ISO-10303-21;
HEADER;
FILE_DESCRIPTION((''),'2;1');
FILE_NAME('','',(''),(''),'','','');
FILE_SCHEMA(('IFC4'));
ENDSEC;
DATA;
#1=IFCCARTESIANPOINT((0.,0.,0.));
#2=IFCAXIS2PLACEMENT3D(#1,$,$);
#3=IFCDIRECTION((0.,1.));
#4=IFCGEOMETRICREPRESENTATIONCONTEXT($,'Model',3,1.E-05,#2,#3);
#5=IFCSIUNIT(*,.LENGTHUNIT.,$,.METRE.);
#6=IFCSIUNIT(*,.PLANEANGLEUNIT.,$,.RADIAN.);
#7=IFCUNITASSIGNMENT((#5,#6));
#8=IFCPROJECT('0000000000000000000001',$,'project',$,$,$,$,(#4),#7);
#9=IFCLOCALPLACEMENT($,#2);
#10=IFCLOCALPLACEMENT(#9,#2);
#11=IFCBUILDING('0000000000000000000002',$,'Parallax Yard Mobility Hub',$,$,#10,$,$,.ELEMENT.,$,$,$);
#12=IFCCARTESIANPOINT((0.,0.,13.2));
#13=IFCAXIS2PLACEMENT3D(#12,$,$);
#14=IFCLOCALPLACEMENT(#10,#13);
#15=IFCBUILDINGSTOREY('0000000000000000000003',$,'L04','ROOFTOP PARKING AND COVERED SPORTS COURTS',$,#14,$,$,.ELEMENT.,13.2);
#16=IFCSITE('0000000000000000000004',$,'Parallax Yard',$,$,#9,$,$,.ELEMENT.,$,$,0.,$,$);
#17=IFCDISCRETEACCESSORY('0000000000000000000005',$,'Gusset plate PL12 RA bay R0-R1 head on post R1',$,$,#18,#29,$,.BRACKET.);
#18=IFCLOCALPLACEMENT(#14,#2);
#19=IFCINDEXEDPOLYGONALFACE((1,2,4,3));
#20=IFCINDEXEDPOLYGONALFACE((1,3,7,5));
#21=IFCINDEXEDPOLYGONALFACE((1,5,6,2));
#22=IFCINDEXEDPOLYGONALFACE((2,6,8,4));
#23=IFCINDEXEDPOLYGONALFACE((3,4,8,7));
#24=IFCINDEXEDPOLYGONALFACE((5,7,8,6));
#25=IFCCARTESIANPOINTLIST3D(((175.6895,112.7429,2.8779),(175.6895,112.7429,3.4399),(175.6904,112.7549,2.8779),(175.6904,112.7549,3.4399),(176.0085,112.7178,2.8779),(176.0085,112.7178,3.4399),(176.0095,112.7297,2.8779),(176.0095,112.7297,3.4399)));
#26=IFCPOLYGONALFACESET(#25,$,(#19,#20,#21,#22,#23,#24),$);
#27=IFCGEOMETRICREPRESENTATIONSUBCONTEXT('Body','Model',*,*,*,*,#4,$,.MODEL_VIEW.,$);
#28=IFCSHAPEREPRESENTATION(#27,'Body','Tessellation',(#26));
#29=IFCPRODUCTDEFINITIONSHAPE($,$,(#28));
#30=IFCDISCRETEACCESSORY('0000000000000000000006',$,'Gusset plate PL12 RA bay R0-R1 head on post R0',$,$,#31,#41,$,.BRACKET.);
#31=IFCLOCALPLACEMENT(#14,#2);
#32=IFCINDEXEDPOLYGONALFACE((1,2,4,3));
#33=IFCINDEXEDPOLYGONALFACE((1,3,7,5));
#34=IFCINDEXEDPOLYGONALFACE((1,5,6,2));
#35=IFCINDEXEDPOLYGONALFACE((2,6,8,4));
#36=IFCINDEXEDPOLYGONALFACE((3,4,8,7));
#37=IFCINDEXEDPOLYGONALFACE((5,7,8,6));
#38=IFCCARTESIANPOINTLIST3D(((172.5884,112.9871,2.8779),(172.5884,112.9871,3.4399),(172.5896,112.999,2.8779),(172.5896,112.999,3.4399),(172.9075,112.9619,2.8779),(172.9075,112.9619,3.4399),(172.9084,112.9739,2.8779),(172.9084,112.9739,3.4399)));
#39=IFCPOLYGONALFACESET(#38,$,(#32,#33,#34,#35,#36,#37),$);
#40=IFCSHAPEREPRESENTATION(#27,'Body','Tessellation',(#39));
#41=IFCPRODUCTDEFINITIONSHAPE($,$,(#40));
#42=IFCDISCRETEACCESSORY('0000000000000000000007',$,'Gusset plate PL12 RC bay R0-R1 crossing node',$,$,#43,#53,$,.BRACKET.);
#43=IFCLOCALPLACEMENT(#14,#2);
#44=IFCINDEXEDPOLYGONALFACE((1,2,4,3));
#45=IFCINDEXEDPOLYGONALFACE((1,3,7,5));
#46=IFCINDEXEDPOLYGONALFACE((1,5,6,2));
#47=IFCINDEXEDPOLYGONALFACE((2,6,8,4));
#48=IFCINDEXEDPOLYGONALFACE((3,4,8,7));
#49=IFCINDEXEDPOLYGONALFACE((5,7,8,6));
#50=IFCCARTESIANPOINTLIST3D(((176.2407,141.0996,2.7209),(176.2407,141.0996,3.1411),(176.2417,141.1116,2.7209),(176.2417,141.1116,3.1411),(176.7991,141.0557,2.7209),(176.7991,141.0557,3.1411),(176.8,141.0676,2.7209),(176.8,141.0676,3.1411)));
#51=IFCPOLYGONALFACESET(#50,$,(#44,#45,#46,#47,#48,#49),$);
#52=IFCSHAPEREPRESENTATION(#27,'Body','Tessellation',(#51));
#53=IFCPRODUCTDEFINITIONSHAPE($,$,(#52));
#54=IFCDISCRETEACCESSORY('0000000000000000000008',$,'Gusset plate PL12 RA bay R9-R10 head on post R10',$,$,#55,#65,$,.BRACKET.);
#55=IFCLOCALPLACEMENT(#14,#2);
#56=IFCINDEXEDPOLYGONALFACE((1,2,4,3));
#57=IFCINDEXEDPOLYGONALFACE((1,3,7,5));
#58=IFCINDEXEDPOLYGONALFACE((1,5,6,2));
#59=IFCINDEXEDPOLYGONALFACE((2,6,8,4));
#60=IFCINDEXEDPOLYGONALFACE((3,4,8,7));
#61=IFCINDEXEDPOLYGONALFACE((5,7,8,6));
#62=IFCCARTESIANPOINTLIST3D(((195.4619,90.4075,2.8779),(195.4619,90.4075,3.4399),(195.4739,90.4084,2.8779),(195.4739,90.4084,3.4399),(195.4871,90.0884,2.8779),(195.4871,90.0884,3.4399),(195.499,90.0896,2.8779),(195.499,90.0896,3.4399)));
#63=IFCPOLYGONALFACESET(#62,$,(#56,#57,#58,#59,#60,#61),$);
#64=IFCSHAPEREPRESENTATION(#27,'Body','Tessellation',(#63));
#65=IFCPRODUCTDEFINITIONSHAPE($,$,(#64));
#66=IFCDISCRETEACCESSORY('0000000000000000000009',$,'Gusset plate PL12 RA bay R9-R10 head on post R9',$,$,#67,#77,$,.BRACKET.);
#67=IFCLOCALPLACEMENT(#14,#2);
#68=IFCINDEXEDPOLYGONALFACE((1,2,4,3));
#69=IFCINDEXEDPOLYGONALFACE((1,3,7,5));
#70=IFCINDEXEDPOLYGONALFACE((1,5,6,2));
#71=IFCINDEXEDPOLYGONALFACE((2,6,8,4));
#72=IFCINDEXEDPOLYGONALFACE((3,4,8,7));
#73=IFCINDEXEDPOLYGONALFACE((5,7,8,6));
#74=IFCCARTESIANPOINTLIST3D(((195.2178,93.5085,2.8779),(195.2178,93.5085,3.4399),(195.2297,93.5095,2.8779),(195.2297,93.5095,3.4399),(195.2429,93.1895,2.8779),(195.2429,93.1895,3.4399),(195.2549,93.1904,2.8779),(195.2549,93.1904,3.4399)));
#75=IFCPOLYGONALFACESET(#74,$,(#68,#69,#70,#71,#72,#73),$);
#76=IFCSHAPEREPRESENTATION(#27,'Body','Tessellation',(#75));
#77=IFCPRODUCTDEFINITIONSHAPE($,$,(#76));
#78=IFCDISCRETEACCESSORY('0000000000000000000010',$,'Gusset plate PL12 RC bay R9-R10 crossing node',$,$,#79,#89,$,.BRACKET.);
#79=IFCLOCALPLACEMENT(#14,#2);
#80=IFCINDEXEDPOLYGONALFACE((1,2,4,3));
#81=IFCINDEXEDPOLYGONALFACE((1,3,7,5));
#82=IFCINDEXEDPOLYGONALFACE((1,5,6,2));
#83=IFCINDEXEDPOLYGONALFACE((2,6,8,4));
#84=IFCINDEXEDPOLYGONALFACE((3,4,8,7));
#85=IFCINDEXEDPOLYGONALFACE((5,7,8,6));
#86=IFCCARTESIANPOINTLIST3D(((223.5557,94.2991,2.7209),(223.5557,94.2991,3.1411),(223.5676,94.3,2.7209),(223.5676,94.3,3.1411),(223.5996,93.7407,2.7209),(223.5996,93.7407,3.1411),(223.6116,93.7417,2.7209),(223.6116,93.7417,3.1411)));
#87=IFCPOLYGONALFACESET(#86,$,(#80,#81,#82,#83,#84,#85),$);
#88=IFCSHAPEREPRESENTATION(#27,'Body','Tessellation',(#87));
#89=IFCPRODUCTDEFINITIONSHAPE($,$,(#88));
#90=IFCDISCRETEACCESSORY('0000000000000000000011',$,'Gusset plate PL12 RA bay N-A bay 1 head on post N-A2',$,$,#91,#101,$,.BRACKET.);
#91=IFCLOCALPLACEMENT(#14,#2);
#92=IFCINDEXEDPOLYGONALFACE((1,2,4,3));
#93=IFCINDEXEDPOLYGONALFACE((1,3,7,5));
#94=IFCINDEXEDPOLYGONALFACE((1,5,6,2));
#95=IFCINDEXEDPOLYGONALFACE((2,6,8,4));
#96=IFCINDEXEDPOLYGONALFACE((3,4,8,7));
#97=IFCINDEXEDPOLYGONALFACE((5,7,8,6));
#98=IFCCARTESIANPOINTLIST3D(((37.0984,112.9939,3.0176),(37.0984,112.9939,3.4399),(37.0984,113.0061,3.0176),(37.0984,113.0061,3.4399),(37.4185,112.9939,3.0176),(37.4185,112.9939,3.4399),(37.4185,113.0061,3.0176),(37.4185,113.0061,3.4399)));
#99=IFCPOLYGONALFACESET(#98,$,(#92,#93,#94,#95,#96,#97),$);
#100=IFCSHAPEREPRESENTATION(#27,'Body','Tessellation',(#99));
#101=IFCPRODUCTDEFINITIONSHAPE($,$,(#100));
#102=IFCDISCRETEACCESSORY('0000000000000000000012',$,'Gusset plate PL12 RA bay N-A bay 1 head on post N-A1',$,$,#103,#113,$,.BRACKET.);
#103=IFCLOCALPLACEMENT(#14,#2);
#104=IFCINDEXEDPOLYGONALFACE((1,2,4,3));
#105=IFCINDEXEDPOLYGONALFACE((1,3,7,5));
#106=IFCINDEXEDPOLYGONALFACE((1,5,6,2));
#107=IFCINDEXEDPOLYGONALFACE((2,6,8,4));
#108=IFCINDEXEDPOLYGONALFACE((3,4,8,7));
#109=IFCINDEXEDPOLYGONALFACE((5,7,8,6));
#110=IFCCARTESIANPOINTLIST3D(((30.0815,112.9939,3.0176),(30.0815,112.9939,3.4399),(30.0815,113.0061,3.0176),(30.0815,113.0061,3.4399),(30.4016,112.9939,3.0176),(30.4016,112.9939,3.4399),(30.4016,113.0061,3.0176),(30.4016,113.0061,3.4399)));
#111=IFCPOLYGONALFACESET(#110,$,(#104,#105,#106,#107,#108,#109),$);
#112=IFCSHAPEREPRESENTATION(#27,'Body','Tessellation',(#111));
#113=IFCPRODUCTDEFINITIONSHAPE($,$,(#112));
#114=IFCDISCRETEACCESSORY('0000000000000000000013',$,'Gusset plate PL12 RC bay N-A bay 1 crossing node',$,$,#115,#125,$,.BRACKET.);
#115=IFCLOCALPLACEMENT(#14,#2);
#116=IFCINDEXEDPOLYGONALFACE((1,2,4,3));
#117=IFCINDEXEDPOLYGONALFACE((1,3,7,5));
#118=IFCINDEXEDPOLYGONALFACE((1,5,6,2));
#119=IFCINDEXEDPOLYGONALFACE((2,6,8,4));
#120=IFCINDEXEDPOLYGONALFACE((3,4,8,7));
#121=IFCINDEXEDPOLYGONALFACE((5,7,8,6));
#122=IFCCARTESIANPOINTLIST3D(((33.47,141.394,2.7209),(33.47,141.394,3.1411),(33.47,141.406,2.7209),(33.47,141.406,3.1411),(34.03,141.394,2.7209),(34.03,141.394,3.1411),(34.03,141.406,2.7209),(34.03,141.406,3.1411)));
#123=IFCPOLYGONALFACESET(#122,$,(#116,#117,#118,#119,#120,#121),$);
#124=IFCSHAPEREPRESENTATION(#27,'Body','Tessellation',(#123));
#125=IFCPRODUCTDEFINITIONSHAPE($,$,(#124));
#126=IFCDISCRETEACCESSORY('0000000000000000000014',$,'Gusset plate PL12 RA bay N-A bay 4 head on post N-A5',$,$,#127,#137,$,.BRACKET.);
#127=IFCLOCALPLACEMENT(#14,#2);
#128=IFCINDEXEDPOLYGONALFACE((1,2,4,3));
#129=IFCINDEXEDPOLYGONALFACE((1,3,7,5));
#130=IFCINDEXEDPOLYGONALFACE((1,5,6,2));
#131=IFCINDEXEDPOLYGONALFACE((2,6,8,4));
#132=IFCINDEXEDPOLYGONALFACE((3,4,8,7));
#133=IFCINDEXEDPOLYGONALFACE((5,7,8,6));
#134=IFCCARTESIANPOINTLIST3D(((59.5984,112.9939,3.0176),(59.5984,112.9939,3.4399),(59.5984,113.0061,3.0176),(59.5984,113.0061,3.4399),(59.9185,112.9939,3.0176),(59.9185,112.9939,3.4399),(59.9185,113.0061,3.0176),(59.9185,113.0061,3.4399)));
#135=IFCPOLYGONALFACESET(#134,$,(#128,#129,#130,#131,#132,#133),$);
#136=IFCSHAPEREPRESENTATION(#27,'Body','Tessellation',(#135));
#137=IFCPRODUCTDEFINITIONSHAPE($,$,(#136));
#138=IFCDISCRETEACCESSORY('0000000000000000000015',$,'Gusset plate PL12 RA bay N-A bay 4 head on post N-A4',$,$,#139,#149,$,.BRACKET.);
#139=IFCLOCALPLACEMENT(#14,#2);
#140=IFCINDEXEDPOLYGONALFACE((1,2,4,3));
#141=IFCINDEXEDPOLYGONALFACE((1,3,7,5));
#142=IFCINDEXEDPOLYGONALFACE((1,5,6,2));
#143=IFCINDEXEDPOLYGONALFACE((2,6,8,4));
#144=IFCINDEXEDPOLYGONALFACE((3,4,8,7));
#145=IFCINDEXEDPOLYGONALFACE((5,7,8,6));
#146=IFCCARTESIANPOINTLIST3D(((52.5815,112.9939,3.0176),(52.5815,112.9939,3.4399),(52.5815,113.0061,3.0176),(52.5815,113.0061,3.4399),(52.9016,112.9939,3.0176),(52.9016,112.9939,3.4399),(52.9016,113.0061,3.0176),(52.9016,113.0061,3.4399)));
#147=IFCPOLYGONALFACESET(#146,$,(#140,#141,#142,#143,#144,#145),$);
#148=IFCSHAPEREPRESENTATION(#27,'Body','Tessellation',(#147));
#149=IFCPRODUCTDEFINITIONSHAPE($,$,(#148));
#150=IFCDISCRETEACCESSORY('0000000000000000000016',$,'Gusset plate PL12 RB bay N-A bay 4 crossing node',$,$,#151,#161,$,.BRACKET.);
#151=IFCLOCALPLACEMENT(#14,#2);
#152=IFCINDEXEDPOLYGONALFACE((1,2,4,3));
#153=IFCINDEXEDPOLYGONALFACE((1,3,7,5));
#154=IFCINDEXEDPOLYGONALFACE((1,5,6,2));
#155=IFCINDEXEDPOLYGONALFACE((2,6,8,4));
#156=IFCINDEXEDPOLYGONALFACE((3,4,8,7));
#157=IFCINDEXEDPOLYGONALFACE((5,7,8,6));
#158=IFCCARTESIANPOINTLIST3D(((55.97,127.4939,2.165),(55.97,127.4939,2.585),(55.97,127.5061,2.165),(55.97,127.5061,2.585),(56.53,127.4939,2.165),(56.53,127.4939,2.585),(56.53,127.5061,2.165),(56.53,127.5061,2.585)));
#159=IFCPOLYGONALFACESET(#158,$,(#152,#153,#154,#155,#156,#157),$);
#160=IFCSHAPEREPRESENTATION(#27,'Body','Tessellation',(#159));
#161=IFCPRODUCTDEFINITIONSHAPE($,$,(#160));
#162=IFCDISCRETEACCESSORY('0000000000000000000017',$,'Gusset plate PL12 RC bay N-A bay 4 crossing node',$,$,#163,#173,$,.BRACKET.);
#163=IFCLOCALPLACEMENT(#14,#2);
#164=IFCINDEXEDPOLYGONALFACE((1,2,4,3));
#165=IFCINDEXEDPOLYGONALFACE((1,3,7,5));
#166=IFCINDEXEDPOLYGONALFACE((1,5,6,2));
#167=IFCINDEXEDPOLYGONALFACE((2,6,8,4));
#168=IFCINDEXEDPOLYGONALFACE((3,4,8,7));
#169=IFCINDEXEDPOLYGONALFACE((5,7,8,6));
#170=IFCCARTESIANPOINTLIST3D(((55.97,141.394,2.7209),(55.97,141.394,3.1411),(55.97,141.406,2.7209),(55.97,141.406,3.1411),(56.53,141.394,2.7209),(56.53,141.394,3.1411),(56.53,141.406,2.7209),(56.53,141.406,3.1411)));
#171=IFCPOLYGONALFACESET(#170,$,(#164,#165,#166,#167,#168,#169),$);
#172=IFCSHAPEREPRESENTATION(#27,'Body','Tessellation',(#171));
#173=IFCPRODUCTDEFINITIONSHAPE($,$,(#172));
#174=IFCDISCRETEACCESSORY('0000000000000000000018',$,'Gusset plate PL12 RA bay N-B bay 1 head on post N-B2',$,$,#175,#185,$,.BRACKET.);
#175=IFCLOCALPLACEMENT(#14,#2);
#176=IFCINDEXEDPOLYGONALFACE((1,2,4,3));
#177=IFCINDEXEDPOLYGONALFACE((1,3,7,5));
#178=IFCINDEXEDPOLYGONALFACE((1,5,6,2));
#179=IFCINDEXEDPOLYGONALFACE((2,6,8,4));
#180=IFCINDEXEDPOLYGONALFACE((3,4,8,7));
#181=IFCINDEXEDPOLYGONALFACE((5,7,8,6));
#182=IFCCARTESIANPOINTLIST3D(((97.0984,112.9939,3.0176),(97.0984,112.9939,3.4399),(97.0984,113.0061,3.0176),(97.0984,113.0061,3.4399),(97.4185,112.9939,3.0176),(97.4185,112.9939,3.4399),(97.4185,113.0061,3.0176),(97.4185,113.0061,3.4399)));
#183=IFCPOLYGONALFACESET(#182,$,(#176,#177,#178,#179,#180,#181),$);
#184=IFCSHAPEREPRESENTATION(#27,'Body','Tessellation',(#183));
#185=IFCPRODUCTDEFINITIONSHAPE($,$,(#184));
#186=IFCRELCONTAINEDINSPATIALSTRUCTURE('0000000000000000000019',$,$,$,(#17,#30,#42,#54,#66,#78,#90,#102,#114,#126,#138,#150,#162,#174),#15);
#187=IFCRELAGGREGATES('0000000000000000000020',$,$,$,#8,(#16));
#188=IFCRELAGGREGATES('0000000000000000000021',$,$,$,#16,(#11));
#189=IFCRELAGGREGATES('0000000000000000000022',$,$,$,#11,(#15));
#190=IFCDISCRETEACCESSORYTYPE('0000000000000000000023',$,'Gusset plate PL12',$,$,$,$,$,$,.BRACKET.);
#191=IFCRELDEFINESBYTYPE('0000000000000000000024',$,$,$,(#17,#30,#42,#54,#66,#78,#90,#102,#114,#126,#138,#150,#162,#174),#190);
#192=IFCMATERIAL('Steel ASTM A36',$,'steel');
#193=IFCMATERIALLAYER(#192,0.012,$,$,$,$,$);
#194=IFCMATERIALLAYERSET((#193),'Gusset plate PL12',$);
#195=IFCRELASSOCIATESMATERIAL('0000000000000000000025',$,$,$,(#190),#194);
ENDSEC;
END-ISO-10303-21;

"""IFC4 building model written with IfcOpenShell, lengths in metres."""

from ifc_helpers import new_model, si_unit, direction, frame, origin, place, context, subcontext, project, spatial, polyline, outline, extrude, material, layer, layer_set, type_object, element, save


model = new_model("IFC4")

# Units and contexts
model_context = context("Model", 3, precision=1e-05, world=origin(), true_north=direction((0.0, 1.0)))
body_context = subcontext(model_context, "Body", "Model", "MODEL_VIEW")
ifc_project = project(units=[si_unit("LENGTHUNIT", "METRE"), si_unit("PLANEANGLEUNIT", "RADIAN")], contexts=[model_context])

# Site, building, storey
site_placement = place(None, origin())
site = spatial("IfcSite", under=ifc_project, at=site_placement, Name="Parallax Yard", CompositionType="ELEMENT", RefElevation=0.0)
building_placement = place(site_placement, origin())
building = spatial("IfcBuilding", under=site, at=building_placement, Name="Parallax Yard Mobility Hub", CompositionType="ELEMENT")
storey_placement = place(building_placement, frame((0.0, 0.0, 13.2)))
storey = spatial("IfcBuildingStorey", under=building, at=storey_placement, Name="L04", Description="ROOFTOP PARKING AND COVERED SPORTS COURTS", CompositionType="ELEMENT", Elevation=13.2)

# Discrete accessories
ifc_material = material(Name="Steel ASTM A36", Category="steel")
ifc_layer = layer(ifc_material, 0.012)
ifc_layer_set = layer_set([ifc_layer], Name="Gusset plate PL12")
discrete_accessory_type = type_object("IfcDiscreteAccessoryType", Name="Gusset plate PL12", PredefinedType="BRACKET", material=ifc_layer_set)
discrete_accessory_1_placement = place(storey_placement, frame((0.0, 0.0, 2.8779)))
element("IfcDiscreteAccessory", 1, at=discrete_accessory_1_placement, inside=storey, type_object=discrete_accessory_type, Name="Gusset plate PL12 RA bay R0-R1 head on post R1", PredefinedType="BRACKET", context=body_context, shape_type="SweptSolid", body=[
    extrude(outline(polyline([(176.0095, 112.7297), (175.6904, 112.7549), (175.6895, 112.7429), (176.0085, 112.7178), (176.0095, 112.7297)])), origin(), (0.0, 0.0, 1.0), 0.562),
])
discrete_accessory_2_placement = place(storey_placement, frame((0.0, 0.0, 2.8779)))
element("IfcDiscreteAccessory", 2, at=discrete_accessory_2_placement, inside=storey, type_object=discrete_accessory_type, Name="Gusset plate PL12 RA bay R0-R1 head on post R0", PredefinedType="BRACKET", context=body_context, shape_type="SweptSolid", body=[
    extrude(outline(polyline([(172.5884, 112.9871), (172.9075, 112.9619), (172.9084, 112.9739), (172.5896, 112.999), (172.5884, 112.9871)])), origin(), (0.0, 0.0, 1.0), 0.562),
])
discrete_accessory_3_placement = place(storey_placement, frame((0.0, 0.0, 2.7209)))
element("IfcDiscreteAccessory", 3, at=discrete_accessory_3_placement, inside=storey, type_object=discrete_accessory_type, Name="Gusset plate PL12 RC bay R0-R1 crossing node", PredefinedType="BRACKET", context=body_context, shape_type="SweptSolid", body=[
    extrude(outline(polyline([(176.2407, 141.0996), (176.7991, 141.0557), (176.8, 141.0676), (176.2417, 141.1116), (176.2407, 141.0996)])), origin(), (0.0, 0.0, 1.0), 0.4202),
])
discrete_accessory_4_placement = place(storey_placement, frame((0.0, 0.0, 2.8779)))
element("IfcDiscreteAccessory", 4, at=discrete_accessory_4_placement, inside=storey, type_object=discrete_accessory_type, Name="Gusset plate PL12 RA bay R9-R10 head on post R10", PredefinedType="BRACKET", context=body_context, shape_type="SweptSolid", body=[
    extrude(outline(polyline([(195.499, 90.0896), (195.4739, 90.4084), (195.4619, 90.4075), (195.4871, 90.0884), (195.499, 90.0896)])), origin(), (0.0, 0.0, 1.0), 0.562),
])
discrete_accessory_5_placement = place(storey_placement, frame((0.0, 0.0, 2.8779)))
element("IfcDiscreteAccessory", 5, at=discrete_accessory_5_placement, inside=storey, type_object=discrete_accessory_type, Name="Gusset plate PL12 RA bay R9-R10 head on post R9", PredefinedType="BRACKET", context=body_context, shape_type="SweptSolid", body=[
    extrude(outline(polyline([(195.2178, 93.5085), (195.2429, 93.1895), (195.2549, 93.1904), (195.2297, 93.5095), (195.2178, 93.5085)])), origin(), (0.0, 0.0, 1.0), 0.562),
])
discrete_accessory_6_placement = place(storey_placement, frame((0.0, 0.0, 2.7209)))
element("IfcDiscreteAccessory", 6, at=discrete_accessory_6_placement, inside=storey, type_object=discrete_accessory_type, Name="Gusset plate PL12 RC bay R9-R10 crossing node", PredefinedType="BRACKET", context=body_context, shape_type="SweptSolid", body=[
    extrude(outline(polyline([(223.5557, 94.2991), (223.5996, 93.7407), (223.6116, 93.7417), (223.5676, 94.3), (223.5557, 94.2991)])), origin(), (0.0, 0.0, 1.0), 0.4202),
])
discrete_accessory_7_placement = place(storey_placement, frame((0.0, 0.0, 3.0176)))
element("IfcDiscreteAccessory", 7, at=discrete_accessory_7_placement, inside=storey, type_object=discrete_accessory_type, Name="Gusset plate PL12 RA bay N-A bay 1 head on post N-A2", PredefinedType="BRACKET", context=body_context, shape_type="SweptSolid", body=[
    extrude(outline(polyline([(37.4185, 113.0061), (37.0984, 113.0061), (37.0984, 112.9939), (37.4185, 112.9939), (37.4185, 113.0061)])), origin(), (0.0, 0.0, 1.0), 0.4224),
])
discrete_accessory_8_placement = place(storey_placement, frame((0.0, 0.0, 3.0176)))
element("IfcDiscreteAccessory", 8, at=discrete_accessory_8_placement, inside=storey, type_object=discrete_accessory_type, Name="Gusset plate PL12 RA bay N-A bay 1 head on post N-A1", PredefinedType="BRACKET", context=body_context, shape_type="SweptSolid", body=[
    extrude(outline(polyline([(30.0815, 112.9939), (30.4016, 112.9939), (30.4016, 113.0061), (30.0815, 113.0061), (30.0815, 112.9939)])), origin(), (0.0, 0.0, 1.0), 0.4224),
])
discrete_accessory_9_placement = place(storey_placement, frame((0.0, 0.0, 2.7209)))
element("IfcDiscreteAccessory", 9, at=discrete_accessory_9_placement, inside=storey, type_object=discrete_accessory_type, Name="Gusset plate PL12 RC bay N-A bay 1 crossing node", PredefinedType="BRACKET", context=body_context, shape_type="SweptSolid", body=[
    extrude(outline(polyline([(33.47, 141.394), (34.03, 141.394), (34.03, 141.406), (33.47, 141.406), (33.47, 141.394)])), origin(), (0.0, 0.0, 1.0), 0.4202),
])
discrete_accessory_10_placement = place(storey_placement, frame((0.0, 0.0, 3.0176)))
element("IfcDiscreteAccessory", 10, at=discrete_accessory_10_placement, inside=storey, type_object=discrete_accessory_type, Name="Gusset plate PL12 RA bay N-A bay 4 head on post N-A5", PredefinedType="BRACKET", context=body_context, shape_type="SweptSolid", body=[
    extrude(outline(polyline([(59.9185, 113.0061), (59.5984, 113.0061), (59.5984, 112.9939), (59.9185, 112.9939), (59.9185, 113.0061)])), origin(), (0.0, 0.0, 1.0), 0.4224),
])
discrete_accessory_11_placement = place(storey_placement, frame((0.0, 0.0, 3.0176)))
element("IfcDiscreteAccessory", 11, at=discrete_accessory_11_placement, inside=storey, type_object=discrete_accessory_type, Name="Gusset plate PL12 RA bay N-A bay 4 head on post N-A4", PredefinedType="BRACKET", context=body_context, shape_type="SweptSolid", body=[
    extrude(outline(polyline([(52.5815, 112.9939), (52.9016, 112.9939), (52.9016, 113.0061), (52.5815, 113.0061), (52.5815, 112.9939)])), origin(), (0.0, 0.0, 1.0), 0.4224),
])
discrete_accessory_12_placement = place(storey_placement, frame((0.0, 0.0, 2.165)))
element("IfcDiscreteAccessory", 12, at=discrete_accessory_12_placement, inside=storey, type_object=discrete_accessory_type, Name="Gusset plate PL12 RB bay N-A bay 4 crossing node", PredefinedType="BRACKET", context=body_context, shape_type="SweptSolid", body=[
    extrude(outline(polyline([(55.97, 127.4939), (56.53, 127.4939), (56.53, 127.5061), (55.97, 127.5061), (55.97, 127.4939)])), origin(), (0.0, 0.0, 1.0), 0.4199),
])
discrete_accessory_13_placement = place(storey_placement, frame((0.0, 0.0, 2.7209)))
element("IfcDiscreteAccessory", 13, at=discrete_accessory_13_placement, inside=storey, type_object=discrete_accessory_type, Name="Gusset plate PL12 RC bay N-A bay 4 crossing node", PredefinedType="BRACKET", context=body_context, shape_type="SweptSolid", body=[
    extrude(outline(polyline([(55.97, 141.394), (56.53, 141.394), (56.53, 141.406), (55.97, 141.406), (55.97, 141.394)])), origin(), (0.0, 0.0, 1.0), 0.4202),
])
discrete_accessory_14_placement = place(storey_placement, frame((0.0, 0.0, 3.0176)))
element("IfcDiscreteAccessory", 14, at=discrete_accessory_14_placement, inside=storey, type_object=discrete_accessory_type, Name="Gusset plate PL12 RA bay N-B bay 1 head on post N-B2", PredefinedType="BRACKET", context=body_context, shape_type="SweptSolid", body=[
    extrude(outline(polyline([(97.4185, 113.0061), (97.0984, 113.0061), (97.0984, 112.9939), (97.4185, 112.9939), (97.4185, 113.0061)])), origin(), (0.0, 0.0, 1.0), 0.4224),
])

save(model, "model.ifc")
